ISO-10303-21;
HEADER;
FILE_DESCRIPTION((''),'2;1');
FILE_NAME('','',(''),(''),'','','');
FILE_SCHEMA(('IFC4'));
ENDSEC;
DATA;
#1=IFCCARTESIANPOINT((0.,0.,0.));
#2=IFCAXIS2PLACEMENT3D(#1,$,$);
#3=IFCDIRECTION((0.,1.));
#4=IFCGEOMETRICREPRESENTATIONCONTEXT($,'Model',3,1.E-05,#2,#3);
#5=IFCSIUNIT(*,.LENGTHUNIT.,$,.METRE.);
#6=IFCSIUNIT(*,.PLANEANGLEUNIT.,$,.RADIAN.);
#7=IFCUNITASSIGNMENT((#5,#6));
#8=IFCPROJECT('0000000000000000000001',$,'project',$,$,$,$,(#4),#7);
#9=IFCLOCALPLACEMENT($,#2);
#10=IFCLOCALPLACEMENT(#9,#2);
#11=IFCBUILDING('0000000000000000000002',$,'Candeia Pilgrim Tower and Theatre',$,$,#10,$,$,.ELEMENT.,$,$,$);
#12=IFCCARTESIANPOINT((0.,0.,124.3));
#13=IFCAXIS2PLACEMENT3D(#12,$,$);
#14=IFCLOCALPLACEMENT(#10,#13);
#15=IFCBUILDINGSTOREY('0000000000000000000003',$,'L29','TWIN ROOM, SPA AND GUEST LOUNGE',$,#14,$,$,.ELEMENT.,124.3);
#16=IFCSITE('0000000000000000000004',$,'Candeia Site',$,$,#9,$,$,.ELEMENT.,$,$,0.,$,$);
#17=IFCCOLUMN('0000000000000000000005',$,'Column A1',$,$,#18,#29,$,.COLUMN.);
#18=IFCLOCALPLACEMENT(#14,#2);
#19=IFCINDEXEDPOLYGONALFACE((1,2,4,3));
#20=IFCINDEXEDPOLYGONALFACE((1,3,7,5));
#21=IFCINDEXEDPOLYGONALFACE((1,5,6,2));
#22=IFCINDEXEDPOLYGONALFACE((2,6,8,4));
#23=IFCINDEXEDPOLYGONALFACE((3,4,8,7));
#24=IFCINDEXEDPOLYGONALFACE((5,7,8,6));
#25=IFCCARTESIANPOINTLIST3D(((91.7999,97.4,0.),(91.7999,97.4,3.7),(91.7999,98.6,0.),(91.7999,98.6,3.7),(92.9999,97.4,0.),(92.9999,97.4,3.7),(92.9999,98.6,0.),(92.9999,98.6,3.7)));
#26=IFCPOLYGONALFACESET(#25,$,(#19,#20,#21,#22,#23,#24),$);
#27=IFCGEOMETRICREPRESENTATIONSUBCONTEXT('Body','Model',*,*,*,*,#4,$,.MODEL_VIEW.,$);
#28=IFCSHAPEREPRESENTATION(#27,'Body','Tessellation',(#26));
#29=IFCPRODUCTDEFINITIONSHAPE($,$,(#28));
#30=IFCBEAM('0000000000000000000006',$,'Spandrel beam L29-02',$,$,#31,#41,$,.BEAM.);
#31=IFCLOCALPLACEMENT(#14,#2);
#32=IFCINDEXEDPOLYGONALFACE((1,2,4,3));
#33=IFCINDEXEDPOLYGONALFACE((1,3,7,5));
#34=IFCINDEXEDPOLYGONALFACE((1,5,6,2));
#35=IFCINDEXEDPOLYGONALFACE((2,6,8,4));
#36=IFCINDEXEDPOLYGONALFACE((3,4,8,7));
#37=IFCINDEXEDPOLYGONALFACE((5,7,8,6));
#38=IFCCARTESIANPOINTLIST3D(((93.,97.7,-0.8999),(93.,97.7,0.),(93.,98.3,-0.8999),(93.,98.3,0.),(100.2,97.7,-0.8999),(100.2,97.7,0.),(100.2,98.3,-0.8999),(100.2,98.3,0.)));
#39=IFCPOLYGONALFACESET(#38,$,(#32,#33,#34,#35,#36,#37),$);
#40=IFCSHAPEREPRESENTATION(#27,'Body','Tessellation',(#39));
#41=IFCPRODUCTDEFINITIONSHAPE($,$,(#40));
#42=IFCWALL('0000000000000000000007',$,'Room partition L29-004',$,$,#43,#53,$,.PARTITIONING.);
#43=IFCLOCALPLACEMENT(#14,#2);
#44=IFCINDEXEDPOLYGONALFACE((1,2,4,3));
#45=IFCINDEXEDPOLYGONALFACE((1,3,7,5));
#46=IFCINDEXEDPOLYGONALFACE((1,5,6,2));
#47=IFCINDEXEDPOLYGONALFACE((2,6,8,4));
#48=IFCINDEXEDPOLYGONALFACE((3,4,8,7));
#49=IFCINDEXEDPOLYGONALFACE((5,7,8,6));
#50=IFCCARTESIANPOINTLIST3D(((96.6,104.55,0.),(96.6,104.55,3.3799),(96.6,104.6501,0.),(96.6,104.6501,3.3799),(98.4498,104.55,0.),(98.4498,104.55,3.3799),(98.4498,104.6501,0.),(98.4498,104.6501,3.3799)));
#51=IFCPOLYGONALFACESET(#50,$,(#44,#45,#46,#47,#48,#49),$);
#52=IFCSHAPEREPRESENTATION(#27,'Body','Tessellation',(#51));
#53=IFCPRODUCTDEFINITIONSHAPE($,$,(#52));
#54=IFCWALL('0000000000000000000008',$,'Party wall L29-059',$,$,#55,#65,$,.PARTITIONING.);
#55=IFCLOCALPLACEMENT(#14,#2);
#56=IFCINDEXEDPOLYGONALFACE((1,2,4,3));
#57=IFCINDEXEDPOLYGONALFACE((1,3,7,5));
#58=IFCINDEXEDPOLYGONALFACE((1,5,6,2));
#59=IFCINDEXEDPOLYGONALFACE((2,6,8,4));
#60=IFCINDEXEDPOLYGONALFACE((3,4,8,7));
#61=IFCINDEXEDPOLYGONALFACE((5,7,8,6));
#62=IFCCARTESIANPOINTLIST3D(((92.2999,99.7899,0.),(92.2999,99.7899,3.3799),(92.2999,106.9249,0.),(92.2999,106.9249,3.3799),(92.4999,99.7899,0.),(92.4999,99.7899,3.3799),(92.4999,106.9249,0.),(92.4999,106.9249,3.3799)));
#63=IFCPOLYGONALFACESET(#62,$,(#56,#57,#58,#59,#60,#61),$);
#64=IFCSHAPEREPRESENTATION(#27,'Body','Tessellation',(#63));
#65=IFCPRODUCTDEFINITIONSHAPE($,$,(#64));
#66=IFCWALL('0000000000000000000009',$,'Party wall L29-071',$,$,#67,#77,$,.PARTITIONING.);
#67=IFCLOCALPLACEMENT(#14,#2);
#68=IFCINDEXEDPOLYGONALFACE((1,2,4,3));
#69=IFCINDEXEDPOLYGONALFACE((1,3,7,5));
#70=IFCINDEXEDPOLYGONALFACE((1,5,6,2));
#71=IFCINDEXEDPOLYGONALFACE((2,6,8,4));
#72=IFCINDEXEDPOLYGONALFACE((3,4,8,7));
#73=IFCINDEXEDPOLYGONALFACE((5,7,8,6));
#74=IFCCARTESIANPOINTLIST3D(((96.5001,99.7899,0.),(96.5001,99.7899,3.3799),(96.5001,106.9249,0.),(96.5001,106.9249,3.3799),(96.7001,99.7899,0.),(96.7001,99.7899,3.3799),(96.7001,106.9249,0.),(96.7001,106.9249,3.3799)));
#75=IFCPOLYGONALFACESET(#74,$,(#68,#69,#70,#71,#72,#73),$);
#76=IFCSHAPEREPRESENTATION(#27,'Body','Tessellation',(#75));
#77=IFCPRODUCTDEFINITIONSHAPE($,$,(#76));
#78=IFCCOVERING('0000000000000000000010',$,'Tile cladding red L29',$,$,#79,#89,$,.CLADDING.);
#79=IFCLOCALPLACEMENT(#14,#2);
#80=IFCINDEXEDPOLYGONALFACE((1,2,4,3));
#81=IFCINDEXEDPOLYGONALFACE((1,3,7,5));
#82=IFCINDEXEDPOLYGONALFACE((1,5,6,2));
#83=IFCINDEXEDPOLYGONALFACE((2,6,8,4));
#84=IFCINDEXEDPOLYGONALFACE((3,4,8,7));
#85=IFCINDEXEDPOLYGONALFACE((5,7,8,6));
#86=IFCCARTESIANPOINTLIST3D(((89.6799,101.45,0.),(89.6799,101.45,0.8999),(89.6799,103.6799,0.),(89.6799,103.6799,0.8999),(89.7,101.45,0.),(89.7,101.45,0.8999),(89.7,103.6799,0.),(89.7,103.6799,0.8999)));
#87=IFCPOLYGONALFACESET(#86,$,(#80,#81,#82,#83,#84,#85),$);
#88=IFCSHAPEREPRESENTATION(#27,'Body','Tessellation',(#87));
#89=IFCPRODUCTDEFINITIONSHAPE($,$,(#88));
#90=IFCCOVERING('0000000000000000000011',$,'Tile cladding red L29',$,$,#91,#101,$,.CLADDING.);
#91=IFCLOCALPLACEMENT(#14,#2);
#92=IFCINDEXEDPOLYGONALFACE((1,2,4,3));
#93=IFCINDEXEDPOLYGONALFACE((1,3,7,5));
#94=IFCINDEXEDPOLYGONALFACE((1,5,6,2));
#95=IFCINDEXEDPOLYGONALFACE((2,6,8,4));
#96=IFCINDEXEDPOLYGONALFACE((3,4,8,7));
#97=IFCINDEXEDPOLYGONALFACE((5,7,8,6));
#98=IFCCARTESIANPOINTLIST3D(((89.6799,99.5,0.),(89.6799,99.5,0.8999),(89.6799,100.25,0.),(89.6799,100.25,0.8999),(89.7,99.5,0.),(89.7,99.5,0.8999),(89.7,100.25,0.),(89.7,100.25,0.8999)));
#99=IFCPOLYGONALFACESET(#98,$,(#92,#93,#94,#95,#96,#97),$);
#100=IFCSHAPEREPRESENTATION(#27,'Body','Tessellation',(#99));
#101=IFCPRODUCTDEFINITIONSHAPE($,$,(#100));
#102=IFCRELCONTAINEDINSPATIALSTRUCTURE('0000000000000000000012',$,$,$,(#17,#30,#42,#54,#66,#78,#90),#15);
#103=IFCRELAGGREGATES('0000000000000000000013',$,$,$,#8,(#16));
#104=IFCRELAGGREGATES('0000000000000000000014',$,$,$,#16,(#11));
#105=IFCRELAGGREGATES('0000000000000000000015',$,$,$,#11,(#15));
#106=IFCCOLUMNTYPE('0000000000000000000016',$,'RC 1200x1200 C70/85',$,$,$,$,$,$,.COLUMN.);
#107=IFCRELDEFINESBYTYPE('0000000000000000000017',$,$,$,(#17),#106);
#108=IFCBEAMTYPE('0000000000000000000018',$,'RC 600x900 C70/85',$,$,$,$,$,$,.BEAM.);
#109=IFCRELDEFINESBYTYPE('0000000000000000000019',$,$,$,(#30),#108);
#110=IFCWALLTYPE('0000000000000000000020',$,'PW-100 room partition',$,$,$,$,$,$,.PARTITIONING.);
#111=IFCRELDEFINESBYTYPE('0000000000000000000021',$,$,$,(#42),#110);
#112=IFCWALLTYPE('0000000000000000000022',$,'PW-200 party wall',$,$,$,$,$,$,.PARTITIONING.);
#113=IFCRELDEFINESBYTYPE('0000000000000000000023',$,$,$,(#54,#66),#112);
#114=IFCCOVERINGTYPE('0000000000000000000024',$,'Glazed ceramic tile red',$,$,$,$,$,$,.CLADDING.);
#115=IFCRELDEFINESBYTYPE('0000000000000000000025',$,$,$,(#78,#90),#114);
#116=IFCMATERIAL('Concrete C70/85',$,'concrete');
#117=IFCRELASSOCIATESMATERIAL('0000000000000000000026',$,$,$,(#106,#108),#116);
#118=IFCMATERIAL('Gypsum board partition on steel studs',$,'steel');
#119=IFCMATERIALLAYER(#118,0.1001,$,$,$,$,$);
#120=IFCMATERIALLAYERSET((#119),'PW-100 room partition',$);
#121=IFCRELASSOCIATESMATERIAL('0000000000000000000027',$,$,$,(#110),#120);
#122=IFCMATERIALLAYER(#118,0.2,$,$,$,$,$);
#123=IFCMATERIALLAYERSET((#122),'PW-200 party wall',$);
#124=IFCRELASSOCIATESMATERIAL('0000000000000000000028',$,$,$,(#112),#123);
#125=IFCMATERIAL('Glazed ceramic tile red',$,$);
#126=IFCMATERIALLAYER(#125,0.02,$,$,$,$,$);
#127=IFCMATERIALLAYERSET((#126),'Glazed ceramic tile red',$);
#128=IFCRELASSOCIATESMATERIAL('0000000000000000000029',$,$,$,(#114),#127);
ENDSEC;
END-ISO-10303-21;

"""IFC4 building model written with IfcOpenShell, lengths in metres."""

from ifc_helpers import new_model, si_unit, direction, frame, frame_2d, origin, origin_2d, place, context, subcontext, project, spatial, rectangle, extrude, material, layer, layer_set, material_profile, profile_set, type_object, element, save


model = new_model("IFC4")

# Units and contexts
model_context = context("Model", 3, precision=1e-05, world=origin(), true_north=direction((0.0, 1.0)))
body_context = subcontext(model_context, "Body", "Model", "MODEL_VIEW")
ifc_project = project(units=[si_unit("LENGTHUNIT", "METRE"), si_unit("PLANEANGLEUNIT", "RADIAN")], contexts=[model_context])

# Site, building, storey
site_placement = place(None, origin())
site = spatial("IfcSite", under=ifc_project, at=site_placement, Name="Candeia Site", CompositionType="ELEMENT", RefElevation=0.0)
building_placement = place(site_placement, origin())
building = spatial("IfcBuilding", under=site, at=building_placement, Name="Candeia Pilgrim Tower and Theatre", CompositionType="ELEMENT")
storey_placement = place(building_placement, frame((0.0, 0.0, 124.3)))
storey = spatial("IfcBuildingStorey", under=building, at=storey_placement, Name="L29", Description="TWIN ROOM, SPA AND GUEST LOUNGE", CompositionType="ELEMENT", Elevation=124.3)

# Column
ifc_material_1 = material(Name="Concrete C70/85", Category="concrete")
ifc_material_profile_1 = material_profile(ifc_material_1, rectangle(XDim=1.2, YDim=1.2, at=origin_2d()))
ifc_profile_set_1 = profile_set([ifc_material_profile_1], Name="Concrete C70/85")
column_type = type_object("IfcColumnType", Name="RC 1200x1200 C70/85", PredefinedType="COLUMN", material=ifc_profile_set_1)
column_placement = place(storey_placement, frame((92.3999, 98.0, 0.0), z_axis=(0.0, 0.0, 1.0), x_axis=(1.0, 0.0, 0.0)))
element("IfcColumn", 1, at=column_placement, inside=storey, type_object=column_type, Name="Column A1", PredefinedType="COLUMN", context=body_context, shape_type="SweptSolid", body=[
    extrude(rectangle(XDim=1.2, YDim=1.2, at=origin_2d()), origin(), (0.0, 0.0, 1.0), 3.7),
])

# Beam
ifc_material_profile_2 = material_profile(ifc_material_1, rectangle(XDim=0.6001, YDim=0.8999, at=origin_2d()))
ifc_profile_set_2 = profile_set([ifc_material_profile_2], Name="Concrete C70/85")
beam_type = type_object("IfcBeamType", Name="RC 600x900 C70/85", PredefinedType="BEAM", material=ifc_profile_set_2)
beam_placement = place(storey_placement, frame((93.0, 98.0, -0.45), z_axis=(1.0, 0.0, 0.0), x_axis=(0.0, 1.0, 0.0)))
element("IfcBeam", 2, at=beam_placement, inside=storey, type_object=beam_type, Name="Spandrel beam L29-02", PredefinedType="BEAM", context=body_context, shape_type="SweptSolid", body=[
    extrude(rectangle(XDim=0.6001, YDim=0.8999, at=origin_2d()), origin(), (0.0, 0.0, 1.0), 7.2),
])

# Walls
ifc_material_2 = material(Name="Gypsum board partition on steel studs", Category="steel")
ifc_layer_1 = layer(ifc_material_2, 0.1001)
ifc_layer_set_1 = layer_set([ifc_layer_1], Name="PW-100 room partition")
wall_type_1 = type_object("IfcWallType", Name="PW-100 room partition", PredefinedType="PARTITIONING", material=ifc_layer_set_1)
wall_1_placement = place(storey_placement, frame((96.6001, 104.6001, 0.0), z_axis=(0.0, 0.0, 1.0), x_axis=(1.0, 0.0, 0.0)))
element("IfcWall", 3, at=wall_1_placement, inside=storey, type_object=wall_type_1, Name="Room partition L29-004", PredefinedType="PARTITIONING", context=body_context, shape_type="SweptSolid", body=[
    extrude(rectangle(XDim=1.8499, YDim=0.1001, at=frame_2d((0.9248, 0.0))), origin(), (0.0, 0.0, 1.0), 3.3799),
])
ifc_layer_2 = layer(ifc_material_2, 0.2)
ifc_layer_set_2 = layer_set([ifc_layer_2], Name="PW-200 party wall")
wall_type_2 = type_object("IfcWallType", Name="PW-200 party wall", PredefinedType="PARTITIONING", material=ifc_layer_set_2)
for number, where, z_axis, x_axis, name in (
    (4, (92.3999, 99.79, 0.0), (0.0, 0.0, 1.0), (0.0, 1.0, 0.0), "Party wall L29-059"),
    (5, (96.6001, 99.79, 0.0), (0.0, 0.0, 1.0), (0.0, 1.0, 0.0), "Party wall L29-071"),
):
    element("IfcWall", number, at=place(storey_placement, frame(where, z_axis=z_axis, x_axis=x_axis)), inside=storey, type_object=wall_type_2, Name=name, PredefinedType="PARTITIONING", context=body_context, shape_type="SweptSolid", body=[
        extrude(rectangle(XDim=7.135, YDim=0.2, at=frame_2d((3.5674, 0.0))), origin(), (0.0, 0.0, 1.0), 3.3799),
    ])

# Coverings
ifc_material_3 = material(Name="Glazed ceramic tile red")
ifc_layer_3 = layer(ifc_material_3, 0.02)
ifc_layer_set_3 = layer_set([ifc_layer_3], Name="Glazed ceramic tile red")
covering_type = type_object("IfcCoveringType", Name="Glazed ceramic tile red", PredefinedType="CLADDING", material=ifc_layer_set_3)
covering_1_placement = place(storey_placement, frame((89.6899, 102.5649, 0.0), z_axis=(0.0, 0.0, 1.0), x_axis=(0.0, -1.0, 0.0)))
element("IfcCovering", 6, at=covering_1_placement, inside=storey, type_object=covering_type, Name="Tile cladding red L29", PredefinedType="CLADDING", context=body_context, shape_type="SweptSolid", body=[
    extrude(rectangle(XDim=2.23, YDim=0.02, at=origin_2d()), origin(), (0.0, 0.0, 1.0), 0.8999),
])
covering_2_placement = place(storey_placement, frame((89.6899, 99.875, 0.0), z_axis=(0.0, 0.0, 1.0), x_axis=(0.0, -1.0, 0.0)))
element("IfcCovering", 7, at=covering_2_placement, inside=storey, type_object=covering_type, Name="Tile cladding red L29", PredefinedType="CLADDING", context=body_context, shape_type="SweptSolid", body=[
    extrude(rectangle(XDim=0.75, YDim=0.02, at=origin_2d()), origin(), (0.0, 0.0, 1.0), 0.8999),
])

save(model, "model.ifc")
